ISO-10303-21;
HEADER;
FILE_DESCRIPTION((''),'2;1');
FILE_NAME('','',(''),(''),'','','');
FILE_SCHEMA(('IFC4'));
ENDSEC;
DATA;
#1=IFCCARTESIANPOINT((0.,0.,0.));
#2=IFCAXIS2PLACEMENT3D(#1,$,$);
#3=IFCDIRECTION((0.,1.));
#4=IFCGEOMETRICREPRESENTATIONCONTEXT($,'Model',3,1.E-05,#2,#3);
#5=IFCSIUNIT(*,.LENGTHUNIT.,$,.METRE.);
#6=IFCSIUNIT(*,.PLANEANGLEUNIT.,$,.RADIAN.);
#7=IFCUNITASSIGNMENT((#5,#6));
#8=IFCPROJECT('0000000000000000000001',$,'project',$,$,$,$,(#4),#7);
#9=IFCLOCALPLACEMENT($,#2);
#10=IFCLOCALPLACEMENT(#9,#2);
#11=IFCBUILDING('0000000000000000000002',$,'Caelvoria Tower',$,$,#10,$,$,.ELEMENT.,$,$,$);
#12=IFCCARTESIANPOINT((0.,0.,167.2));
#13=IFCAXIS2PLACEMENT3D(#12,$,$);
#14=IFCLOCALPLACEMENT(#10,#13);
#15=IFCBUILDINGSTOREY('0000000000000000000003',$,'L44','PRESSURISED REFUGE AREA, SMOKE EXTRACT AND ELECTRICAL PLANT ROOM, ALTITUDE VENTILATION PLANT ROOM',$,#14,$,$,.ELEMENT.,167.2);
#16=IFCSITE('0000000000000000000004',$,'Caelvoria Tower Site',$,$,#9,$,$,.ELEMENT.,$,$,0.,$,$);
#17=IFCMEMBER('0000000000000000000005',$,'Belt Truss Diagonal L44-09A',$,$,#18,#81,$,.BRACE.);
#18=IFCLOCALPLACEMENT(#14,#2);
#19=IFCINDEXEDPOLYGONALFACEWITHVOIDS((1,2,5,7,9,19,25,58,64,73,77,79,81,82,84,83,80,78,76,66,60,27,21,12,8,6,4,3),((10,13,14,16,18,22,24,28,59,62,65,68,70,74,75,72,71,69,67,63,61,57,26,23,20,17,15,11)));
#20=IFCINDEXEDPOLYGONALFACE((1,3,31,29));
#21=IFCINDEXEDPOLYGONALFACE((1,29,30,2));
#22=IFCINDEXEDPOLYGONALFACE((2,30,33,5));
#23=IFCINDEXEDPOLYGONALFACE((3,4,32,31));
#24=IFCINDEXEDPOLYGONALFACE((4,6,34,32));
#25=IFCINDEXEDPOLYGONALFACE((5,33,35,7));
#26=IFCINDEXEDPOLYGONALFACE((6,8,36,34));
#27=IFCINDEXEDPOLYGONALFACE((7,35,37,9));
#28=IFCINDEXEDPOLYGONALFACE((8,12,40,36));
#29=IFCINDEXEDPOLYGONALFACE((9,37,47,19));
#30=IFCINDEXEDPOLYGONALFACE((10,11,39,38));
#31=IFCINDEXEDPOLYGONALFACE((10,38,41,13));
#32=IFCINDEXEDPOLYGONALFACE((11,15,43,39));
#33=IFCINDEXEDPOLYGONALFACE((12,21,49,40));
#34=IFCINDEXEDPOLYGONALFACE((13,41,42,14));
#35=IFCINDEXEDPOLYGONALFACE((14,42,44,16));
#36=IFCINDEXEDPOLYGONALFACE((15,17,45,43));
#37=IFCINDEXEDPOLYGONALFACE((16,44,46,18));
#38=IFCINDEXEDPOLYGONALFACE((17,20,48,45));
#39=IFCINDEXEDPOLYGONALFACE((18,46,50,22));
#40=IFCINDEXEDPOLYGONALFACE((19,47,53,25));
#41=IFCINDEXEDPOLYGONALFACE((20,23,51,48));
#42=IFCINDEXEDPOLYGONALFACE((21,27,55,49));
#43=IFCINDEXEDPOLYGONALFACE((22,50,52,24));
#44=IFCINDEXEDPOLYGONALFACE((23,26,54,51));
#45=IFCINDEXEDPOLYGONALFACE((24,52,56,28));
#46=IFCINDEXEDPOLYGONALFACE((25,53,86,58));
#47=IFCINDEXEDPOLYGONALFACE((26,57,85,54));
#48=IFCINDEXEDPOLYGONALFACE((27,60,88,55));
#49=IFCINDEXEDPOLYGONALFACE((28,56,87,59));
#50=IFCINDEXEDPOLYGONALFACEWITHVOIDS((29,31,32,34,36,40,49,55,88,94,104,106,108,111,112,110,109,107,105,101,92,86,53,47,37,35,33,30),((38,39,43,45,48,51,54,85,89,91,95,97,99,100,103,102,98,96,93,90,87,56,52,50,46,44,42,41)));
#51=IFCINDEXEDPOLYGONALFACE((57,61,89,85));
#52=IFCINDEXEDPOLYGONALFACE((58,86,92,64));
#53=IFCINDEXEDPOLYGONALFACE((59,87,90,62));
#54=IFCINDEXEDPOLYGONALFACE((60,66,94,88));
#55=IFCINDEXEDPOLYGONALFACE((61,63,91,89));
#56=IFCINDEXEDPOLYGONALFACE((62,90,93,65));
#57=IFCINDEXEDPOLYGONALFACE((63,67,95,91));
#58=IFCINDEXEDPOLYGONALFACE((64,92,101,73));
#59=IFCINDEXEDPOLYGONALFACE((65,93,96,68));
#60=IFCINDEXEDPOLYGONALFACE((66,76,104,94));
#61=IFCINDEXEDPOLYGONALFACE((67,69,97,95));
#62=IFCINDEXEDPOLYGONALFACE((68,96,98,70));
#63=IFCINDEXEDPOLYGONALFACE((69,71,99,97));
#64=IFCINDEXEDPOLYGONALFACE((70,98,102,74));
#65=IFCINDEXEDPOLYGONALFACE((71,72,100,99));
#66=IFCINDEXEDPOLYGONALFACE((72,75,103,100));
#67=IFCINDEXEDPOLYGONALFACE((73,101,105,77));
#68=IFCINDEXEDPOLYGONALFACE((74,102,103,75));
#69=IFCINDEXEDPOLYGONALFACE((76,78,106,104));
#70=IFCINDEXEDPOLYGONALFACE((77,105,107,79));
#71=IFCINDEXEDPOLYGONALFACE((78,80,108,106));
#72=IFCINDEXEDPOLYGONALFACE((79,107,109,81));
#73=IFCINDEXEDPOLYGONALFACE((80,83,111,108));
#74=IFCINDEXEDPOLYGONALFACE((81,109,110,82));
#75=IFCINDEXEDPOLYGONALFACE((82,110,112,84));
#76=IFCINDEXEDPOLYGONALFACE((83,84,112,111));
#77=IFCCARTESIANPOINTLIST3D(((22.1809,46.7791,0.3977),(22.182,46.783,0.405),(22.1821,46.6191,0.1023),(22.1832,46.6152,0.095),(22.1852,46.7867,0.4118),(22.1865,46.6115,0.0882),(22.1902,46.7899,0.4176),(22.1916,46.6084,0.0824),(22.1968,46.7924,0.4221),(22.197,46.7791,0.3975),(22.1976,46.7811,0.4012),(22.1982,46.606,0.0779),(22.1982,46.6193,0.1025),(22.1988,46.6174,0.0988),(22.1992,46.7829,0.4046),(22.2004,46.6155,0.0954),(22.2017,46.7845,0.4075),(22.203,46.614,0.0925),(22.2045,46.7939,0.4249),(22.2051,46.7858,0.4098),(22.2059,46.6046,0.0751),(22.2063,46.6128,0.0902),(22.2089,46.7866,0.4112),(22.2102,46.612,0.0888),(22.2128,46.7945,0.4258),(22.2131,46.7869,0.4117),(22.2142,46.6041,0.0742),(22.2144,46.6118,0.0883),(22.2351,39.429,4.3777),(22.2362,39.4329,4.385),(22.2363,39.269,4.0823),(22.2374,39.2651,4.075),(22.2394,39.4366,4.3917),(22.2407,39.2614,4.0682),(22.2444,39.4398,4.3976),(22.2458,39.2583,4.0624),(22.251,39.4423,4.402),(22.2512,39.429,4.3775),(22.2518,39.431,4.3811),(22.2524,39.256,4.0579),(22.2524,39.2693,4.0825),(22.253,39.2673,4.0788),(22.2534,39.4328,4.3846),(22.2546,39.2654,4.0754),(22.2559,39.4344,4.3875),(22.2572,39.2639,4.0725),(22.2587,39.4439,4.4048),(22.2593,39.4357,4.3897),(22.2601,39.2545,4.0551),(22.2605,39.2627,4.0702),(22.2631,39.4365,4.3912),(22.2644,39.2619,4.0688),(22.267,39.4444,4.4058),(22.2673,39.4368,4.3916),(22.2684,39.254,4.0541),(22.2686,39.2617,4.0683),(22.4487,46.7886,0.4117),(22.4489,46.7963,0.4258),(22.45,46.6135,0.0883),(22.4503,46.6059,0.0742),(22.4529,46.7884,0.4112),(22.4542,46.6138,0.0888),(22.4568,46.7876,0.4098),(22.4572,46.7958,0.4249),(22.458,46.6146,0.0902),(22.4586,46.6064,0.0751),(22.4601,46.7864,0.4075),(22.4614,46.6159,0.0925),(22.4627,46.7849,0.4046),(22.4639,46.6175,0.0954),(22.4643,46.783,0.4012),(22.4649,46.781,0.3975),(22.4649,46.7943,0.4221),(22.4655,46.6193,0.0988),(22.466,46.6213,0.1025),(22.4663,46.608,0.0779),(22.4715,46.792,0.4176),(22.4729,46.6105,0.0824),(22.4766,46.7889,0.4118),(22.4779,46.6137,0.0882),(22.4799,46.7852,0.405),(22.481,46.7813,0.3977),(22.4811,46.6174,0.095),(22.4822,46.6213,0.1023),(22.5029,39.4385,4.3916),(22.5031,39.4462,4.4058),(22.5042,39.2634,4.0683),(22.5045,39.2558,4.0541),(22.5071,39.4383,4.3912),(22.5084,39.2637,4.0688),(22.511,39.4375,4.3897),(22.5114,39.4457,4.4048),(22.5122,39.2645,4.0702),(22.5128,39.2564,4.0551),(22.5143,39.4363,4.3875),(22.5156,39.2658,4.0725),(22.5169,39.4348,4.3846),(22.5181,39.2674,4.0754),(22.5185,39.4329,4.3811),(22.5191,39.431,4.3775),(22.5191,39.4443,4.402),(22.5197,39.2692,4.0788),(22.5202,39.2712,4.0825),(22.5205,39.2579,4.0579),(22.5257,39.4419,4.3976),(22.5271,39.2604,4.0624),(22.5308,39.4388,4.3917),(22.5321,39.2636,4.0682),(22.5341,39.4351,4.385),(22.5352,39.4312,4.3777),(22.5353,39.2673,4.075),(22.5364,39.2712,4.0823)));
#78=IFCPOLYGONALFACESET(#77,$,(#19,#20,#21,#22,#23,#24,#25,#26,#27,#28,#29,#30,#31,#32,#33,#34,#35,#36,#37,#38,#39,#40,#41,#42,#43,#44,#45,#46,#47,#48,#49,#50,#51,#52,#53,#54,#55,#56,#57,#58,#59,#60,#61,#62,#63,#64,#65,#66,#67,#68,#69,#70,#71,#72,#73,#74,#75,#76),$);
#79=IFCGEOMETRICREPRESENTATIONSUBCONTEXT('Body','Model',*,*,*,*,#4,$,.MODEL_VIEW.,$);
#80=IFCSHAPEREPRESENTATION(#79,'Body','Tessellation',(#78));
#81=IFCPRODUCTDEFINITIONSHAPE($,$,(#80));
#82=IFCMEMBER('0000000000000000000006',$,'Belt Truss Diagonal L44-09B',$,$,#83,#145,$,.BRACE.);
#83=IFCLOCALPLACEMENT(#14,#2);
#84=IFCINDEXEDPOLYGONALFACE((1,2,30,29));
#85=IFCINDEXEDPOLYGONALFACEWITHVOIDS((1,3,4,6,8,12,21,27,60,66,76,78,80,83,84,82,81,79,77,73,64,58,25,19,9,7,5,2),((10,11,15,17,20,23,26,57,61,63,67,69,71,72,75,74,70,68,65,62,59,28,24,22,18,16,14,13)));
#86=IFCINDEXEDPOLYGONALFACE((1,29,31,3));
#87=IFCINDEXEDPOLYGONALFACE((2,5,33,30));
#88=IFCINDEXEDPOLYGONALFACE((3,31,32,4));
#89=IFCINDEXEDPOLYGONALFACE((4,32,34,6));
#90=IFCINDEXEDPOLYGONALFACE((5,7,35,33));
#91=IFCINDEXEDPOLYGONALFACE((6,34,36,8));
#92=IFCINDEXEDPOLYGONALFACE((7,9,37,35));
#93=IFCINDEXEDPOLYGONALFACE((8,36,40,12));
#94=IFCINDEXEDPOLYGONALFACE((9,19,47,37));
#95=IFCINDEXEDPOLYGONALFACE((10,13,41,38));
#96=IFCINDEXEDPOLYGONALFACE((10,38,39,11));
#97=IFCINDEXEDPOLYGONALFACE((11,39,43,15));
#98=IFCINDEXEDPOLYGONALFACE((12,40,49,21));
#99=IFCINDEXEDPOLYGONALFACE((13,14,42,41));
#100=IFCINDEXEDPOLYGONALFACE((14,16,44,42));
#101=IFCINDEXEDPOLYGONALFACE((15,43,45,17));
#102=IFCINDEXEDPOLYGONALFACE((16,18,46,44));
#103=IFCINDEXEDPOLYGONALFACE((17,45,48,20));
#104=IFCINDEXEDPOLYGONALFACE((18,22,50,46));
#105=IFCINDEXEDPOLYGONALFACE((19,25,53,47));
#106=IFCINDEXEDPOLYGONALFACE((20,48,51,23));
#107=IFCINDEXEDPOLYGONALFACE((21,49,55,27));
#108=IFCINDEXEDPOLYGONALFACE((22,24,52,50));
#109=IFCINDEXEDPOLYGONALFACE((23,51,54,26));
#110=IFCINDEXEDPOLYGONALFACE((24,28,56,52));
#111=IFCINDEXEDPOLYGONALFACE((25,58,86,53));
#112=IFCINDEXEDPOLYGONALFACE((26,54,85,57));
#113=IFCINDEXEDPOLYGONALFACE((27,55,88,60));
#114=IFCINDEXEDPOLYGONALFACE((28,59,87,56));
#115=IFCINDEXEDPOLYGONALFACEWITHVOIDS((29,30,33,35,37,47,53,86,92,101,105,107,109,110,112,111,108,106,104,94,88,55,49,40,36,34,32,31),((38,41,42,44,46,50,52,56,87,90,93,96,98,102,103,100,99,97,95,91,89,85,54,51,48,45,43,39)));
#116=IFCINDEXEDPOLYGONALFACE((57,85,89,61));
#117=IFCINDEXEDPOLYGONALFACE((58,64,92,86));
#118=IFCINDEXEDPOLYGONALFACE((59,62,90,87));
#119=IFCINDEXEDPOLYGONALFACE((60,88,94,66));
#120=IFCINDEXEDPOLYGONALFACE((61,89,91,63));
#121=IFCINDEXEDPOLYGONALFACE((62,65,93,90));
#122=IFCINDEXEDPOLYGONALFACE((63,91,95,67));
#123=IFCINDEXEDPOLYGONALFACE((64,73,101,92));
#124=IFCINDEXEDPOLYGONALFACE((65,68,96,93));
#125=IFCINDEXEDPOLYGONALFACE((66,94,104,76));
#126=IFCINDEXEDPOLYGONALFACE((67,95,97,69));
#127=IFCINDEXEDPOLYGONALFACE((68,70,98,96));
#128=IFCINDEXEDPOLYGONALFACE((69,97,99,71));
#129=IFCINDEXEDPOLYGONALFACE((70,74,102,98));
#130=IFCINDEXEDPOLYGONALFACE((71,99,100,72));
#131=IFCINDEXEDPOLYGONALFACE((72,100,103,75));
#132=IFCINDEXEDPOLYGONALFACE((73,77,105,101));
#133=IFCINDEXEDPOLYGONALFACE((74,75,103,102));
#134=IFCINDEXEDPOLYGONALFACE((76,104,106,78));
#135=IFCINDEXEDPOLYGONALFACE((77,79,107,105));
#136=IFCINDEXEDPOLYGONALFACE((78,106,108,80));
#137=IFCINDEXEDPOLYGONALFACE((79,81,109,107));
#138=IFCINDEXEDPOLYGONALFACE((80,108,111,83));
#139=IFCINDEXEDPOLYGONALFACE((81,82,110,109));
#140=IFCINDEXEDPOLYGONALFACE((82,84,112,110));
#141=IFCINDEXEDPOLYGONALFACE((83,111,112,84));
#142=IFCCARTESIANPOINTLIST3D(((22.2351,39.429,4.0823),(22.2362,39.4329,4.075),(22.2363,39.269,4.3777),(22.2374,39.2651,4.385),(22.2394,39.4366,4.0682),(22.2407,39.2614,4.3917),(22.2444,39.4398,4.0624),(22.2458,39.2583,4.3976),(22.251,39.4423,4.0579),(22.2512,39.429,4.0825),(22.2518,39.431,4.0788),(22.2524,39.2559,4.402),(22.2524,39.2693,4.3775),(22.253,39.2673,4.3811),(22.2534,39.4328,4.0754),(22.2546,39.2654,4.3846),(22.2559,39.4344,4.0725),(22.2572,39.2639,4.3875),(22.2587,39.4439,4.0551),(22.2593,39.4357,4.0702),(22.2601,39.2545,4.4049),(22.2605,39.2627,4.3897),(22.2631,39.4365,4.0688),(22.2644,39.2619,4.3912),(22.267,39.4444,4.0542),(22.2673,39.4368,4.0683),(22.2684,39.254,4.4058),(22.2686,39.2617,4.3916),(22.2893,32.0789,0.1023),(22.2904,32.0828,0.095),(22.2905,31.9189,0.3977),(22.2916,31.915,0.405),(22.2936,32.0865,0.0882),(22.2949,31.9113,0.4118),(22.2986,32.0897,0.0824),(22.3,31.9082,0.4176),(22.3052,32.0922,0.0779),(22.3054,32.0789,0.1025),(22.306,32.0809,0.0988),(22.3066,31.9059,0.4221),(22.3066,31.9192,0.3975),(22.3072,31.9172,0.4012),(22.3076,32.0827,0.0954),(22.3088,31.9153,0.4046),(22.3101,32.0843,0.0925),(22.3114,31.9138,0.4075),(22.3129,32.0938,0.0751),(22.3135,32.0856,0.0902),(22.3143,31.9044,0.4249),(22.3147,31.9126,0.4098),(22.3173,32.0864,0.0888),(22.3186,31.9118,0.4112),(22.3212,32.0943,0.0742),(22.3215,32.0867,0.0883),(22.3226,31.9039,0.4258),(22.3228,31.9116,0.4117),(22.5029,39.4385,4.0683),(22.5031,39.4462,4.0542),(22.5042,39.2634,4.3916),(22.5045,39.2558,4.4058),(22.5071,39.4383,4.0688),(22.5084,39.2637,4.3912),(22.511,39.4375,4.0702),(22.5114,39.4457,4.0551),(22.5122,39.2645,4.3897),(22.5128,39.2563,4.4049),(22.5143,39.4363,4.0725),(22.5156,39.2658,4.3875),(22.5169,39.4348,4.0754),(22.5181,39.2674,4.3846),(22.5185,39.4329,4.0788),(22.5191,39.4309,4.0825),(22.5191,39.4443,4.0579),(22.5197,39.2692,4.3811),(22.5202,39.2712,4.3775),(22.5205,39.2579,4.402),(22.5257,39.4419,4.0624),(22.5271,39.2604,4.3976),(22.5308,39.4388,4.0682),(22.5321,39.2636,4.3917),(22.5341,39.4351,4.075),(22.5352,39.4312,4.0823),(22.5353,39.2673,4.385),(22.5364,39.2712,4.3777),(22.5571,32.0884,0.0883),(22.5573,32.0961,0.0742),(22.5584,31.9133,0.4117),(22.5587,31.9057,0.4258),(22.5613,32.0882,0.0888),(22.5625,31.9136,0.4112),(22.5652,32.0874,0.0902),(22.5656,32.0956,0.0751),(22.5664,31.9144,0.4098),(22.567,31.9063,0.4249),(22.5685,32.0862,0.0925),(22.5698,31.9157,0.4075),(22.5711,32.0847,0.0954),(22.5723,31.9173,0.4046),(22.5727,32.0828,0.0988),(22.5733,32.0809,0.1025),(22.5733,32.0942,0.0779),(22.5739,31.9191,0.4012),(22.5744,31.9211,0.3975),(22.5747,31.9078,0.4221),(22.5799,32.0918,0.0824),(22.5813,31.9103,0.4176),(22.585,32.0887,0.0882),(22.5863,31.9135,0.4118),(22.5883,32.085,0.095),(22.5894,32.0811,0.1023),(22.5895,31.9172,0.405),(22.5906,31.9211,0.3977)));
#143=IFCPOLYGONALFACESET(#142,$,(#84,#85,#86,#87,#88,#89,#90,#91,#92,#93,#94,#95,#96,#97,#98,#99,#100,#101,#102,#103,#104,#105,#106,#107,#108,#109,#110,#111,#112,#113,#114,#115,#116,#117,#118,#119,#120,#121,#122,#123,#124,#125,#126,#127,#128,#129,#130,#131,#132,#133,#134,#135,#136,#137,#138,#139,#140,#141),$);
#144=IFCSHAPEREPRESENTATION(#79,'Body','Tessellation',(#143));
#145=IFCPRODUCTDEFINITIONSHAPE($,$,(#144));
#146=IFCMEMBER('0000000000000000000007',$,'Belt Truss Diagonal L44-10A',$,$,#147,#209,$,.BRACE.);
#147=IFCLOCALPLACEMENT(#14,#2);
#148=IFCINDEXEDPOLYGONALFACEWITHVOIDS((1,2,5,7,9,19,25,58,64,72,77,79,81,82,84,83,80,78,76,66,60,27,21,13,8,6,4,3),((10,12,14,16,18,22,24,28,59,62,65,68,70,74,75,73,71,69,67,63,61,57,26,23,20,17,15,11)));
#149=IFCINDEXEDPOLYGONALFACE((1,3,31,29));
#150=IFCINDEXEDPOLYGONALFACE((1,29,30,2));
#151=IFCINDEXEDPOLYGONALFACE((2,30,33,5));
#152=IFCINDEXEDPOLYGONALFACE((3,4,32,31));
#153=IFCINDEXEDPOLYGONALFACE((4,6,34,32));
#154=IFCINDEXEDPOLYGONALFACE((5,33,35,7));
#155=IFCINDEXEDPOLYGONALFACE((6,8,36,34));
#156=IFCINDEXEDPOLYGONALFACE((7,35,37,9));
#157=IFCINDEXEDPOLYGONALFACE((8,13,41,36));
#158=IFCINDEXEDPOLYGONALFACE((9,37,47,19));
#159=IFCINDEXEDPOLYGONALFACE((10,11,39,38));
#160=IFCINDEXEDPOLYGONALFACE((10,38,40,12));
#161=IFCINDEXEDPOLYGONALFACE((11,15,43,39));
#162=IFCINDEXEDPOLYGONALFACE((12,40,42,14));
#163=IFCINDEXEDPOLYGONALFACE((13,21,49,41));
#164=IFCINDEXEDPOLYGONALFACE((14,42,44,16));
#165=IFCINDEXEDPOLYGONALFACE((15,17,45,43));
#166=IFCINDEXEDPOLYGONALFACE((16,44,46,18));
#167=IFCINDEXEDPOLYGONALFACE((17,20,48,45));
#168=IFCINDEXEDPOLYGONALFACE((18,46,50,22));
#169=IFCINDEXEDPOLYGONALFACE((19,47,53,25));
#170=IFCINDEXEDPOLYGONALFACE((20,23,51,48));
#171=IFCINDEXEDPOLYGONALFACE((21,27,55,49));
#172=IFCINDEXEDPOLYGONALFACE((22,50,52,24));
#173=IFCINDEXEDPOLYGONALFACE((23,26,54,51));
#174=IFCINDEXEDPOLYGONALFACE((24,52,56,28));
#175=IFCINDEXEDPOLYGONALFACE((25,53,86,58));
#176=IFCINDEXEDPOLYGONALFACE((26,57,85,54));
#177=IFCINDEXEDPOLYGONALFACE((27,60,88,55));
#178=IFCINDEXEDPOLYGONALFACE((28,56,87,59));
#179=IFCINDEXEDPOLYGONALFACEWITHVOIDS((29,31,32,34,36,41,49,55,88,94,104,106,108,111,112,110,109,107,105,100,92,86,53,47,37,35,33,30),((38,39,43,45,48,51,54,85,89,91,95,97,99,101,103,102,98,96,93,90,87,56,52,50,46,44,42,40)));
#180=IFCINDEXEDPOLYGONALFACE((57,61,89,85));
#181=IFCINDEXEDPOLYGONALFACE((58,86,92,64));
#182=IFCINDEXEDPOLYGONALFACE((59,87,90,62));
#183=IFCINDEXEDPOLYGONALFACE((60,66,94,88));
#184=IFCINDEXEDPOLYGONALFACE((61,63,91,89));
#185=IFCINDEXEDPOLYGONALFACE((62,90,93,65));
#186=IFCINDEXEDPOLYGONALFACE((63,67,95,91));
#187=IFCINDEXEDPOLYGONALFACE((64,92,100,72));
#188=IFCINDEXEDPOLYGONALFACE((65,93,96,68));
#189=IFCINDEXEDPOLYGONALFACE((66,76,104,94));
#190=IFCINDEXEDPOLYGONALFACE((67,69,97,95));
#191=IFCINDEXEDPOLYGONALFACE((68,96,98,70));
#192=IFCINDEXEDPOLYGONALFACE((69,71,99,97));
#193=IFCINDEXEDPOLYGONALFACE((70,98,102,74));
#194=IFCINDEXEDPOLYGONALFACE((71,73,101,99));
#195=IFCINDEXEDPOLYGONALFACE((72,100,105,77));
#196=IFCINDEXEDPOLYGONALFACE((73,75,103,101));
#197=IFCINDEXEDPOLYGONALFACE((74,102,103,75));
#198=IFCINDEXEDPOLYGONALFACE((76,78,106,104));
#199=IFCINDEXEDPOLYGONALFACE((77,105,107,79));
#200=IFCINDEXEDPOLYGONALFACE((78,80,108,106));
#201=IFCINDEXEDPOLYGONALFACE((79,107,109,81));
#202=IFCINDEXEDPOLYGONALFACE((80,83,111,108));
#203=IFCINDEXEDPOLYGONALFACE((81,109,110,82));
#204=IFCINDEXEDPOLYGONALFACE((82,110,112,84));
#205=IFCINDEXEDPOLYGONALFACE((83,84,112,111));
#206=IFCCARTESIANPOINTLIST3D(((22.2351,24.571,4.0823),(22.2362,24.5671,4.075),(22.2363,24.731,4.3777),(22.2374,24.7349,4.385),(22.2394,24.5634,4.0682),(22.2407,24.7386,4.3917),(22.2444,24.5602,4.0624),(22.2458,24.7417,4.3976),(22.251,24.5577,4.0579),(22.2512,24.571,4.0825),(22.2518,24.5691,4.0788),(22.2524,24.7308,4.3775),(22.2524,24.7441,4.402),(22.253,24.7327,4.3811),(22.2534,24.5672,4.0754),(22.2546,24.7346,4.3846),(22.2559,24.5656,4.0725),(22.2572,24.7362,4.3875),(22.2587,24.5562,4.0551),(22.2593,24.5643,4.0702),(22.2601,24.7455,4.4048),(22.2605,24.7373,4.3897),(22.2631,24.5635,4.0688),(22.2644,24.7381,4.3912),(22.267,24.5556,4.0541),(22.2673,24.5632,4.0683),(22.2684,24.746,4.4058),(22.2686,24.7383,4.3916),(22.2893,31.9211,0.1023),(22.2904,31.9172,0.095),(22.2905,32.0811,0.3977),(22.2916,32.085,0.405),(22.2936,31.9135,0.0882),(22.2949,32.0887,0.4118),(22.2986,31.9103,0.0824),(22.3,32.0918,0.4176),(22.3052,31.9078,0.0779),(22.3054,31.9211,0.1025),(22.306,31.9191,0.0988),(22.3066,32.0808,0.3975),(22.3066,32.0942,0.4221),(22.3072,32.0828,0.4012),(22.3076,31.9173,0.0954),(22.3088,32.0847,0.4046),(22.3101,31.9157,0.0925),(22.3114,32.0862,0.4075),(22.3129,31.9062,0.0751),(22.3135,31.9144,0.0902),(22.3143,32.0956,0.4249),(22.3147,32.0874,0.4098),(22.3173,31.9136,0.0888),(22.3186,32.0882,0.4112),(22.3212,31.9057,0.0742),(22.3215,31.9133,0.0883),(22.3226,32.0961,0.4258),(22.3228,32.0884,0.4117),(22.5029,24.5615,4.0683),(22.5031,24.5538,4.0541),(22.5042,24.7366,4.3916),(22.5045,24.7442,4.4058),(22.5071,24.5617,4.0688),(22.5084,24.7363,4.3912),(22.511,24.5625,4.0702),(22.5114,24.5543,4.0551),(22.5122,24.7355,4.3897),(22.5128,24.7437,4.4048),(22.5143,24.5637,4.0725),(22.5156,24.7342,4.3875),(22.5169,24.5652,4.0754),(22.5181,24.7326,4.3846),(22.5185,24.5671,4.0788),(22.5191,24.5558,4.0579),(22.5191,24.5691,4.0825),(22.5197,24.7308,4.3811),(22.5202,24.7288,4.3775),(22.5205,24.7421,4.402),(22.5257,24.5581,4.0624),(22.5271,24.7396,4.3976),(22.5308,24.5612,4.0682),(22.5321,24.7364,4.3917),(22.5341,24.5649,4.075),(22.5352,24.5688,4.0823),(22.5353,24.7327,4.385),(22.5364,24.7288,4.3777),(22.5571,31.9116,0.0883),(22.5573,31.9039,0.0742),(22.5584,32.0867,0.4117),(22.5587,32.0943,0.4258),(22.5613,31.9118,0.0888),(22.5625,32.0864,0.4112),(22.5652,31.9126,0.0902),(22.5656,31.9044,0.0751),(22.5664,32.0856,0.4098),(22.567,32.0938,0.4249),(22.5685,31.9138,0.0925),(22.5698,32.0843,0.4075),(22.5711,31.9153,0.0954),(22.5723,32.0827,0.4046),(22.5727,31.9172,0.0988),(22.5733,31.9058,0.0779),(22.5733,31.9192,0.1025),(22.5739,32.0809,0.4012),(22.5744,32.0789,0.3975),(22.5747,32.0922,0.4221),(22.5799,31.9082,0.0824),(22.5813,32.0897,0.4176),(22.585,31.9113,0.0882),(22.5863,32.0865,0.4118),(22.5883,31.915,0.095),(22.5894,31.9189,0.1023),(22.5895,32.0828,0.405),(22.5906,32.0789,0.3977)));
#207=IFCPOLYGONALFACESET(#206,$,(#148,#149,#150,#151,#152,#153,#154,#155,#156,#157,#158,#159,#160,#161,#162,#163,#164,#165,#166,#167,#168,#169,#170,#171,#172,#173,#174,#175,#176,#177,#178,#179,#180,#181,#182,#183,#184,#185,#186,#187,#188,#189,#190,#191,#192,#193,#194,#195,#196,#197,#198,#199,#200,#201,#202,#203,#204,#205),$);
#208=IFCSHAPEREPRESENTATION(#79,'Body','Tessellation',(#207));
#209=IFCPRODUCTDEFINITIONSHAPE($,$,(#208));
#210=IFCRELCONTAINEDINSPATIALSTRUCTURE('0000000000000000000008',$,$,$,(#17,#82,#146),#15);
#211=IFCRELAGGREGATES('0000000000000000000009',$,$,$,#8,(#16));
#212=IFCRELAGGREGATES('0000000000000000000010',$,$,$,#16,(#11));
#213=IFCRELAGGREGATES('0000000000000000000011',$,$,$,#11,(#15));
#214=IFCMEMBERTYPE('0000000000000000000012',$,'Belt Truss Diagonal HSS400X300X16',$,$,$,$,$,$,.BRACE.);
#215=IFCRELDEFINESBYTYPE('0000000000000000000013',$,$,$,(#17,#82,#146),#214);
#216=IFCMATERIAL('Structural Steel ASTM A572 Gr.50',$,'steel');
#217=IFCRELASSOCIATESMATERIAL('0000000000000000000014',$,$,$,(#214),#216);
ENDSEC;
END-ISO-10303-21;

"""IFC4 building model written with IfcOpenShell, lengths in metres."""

from ifc_helpers import new_model, si_unit, direction, frame, origin, origin_2d, place, context, subcontext, project, spatial, hollow_rectangle, extrude, material, material_profile, profile_set, type_object, element, save


model = new_model("IFC4")

# Units and contexts
model_context = context("Model", 3, precision=1e-05, world=origin(), true_north=direction((0.0, 1.0)))
body_context = subcontext(model_context, "Body", "Model", "MODEL_VIEW")
ifc_project = project(units=[si_unit("LENGTHUNIT", "METRE"), si_unit("PLANEANGLEUNIT", "RADIAN")], contexts=[model_context])

# Site, building, storey
site_placement = place(None, origin())
site = spatial("IfcSite", under=ifc_project, at=site_placement, Name="Caelvoria Tower Site", CompositionType="ELEMENT", RefElevation=0.0)
building_placement = place(site_placement, origin())
building = spatial("IfcBuilding", under=site, at=building_placement, Name="Caelvoria Tower", CompositionType="ELEMENT")
storey_placement = place(building_placement, frame((0.0, 0.0, 167.2)))
storey = spatial("IfcBuildingStorey", under=building, at=storey_placement, Name="L44", Description="PRESSURISED REFUGE AREA, SMOKE EXTRACT AND ELECTRICAL PLANT ROOM, ALTITUDE VENTILATION PLANT ROOM", CompositionType="ELEMENT", Elevation=167.2)

# Shared definitions
ifc_material_1 = material(Name="Structural Steel ASTM A572 Gr.50", Category="steel")

# Members
ifc_material_profile_1 = material_profile(ifc_material_1, hollow_rectangle(XDim=0.3, YDim=0.3999, WallThickness=0.0161, InnerFilletRadius=0.0161, OuterFilletRadius=0.032, at=origin_2d()), Name="Structural Steel ASTM A572 Gr.50")
ifc_profile_set_1 = profile_set([ifc_material_profile_1], Name="HSS400X300X16 - Structural Steel ASTM A572 Gr.50")
member_type_1 = type_object("IfcMemberType", Name="Belt Truss Diagonal HSS400X300X16", PredefinedType="BRACE", material=ifc_profile_set_1)
for number, where, z_axis, x_axis, name in (
    (1, (22.3315, 46.7002, 0.25), (0.006484, -0.87934, 0.476151), (0.999973, 0.007374, 0.0), "Belt Truss Diagonal L44-09A"),
    (2, (22.3857, 39.3501, 4.23), (0.006484, -0.87934, -0.476151), (0.999973, 0.007374, 0.0), "Belt Truss Diagonal L44-09B"),
    (3, (22.4399, 32.0, 0.25), (-0.006484, -0.87934, 0.476151), (0.999973, -0.007374, 0.0), "Belt Truss Diagonal L44-10A"),
):
    element("IfcMember", number, at=place(storey_placement, frame(where, z_axis=z_axis, x_axis=x_axis)), inside=storey, type_object=member_type_1, Name=name, PredefinedType="BRACE", context=body_context, shape_type="SweptSolid", body=[
        extrude(hollow_rectangle(XDim=0.3, YDim=0.3999, WallThickness=0.0161, InnerFilletRadius=0.0161, OuterFilletRadius=0.032, at=origin_2d()), origin(), (0.0, 0.0, 1.0), 8.3586),
    ])

save(model, "model.ifc")
